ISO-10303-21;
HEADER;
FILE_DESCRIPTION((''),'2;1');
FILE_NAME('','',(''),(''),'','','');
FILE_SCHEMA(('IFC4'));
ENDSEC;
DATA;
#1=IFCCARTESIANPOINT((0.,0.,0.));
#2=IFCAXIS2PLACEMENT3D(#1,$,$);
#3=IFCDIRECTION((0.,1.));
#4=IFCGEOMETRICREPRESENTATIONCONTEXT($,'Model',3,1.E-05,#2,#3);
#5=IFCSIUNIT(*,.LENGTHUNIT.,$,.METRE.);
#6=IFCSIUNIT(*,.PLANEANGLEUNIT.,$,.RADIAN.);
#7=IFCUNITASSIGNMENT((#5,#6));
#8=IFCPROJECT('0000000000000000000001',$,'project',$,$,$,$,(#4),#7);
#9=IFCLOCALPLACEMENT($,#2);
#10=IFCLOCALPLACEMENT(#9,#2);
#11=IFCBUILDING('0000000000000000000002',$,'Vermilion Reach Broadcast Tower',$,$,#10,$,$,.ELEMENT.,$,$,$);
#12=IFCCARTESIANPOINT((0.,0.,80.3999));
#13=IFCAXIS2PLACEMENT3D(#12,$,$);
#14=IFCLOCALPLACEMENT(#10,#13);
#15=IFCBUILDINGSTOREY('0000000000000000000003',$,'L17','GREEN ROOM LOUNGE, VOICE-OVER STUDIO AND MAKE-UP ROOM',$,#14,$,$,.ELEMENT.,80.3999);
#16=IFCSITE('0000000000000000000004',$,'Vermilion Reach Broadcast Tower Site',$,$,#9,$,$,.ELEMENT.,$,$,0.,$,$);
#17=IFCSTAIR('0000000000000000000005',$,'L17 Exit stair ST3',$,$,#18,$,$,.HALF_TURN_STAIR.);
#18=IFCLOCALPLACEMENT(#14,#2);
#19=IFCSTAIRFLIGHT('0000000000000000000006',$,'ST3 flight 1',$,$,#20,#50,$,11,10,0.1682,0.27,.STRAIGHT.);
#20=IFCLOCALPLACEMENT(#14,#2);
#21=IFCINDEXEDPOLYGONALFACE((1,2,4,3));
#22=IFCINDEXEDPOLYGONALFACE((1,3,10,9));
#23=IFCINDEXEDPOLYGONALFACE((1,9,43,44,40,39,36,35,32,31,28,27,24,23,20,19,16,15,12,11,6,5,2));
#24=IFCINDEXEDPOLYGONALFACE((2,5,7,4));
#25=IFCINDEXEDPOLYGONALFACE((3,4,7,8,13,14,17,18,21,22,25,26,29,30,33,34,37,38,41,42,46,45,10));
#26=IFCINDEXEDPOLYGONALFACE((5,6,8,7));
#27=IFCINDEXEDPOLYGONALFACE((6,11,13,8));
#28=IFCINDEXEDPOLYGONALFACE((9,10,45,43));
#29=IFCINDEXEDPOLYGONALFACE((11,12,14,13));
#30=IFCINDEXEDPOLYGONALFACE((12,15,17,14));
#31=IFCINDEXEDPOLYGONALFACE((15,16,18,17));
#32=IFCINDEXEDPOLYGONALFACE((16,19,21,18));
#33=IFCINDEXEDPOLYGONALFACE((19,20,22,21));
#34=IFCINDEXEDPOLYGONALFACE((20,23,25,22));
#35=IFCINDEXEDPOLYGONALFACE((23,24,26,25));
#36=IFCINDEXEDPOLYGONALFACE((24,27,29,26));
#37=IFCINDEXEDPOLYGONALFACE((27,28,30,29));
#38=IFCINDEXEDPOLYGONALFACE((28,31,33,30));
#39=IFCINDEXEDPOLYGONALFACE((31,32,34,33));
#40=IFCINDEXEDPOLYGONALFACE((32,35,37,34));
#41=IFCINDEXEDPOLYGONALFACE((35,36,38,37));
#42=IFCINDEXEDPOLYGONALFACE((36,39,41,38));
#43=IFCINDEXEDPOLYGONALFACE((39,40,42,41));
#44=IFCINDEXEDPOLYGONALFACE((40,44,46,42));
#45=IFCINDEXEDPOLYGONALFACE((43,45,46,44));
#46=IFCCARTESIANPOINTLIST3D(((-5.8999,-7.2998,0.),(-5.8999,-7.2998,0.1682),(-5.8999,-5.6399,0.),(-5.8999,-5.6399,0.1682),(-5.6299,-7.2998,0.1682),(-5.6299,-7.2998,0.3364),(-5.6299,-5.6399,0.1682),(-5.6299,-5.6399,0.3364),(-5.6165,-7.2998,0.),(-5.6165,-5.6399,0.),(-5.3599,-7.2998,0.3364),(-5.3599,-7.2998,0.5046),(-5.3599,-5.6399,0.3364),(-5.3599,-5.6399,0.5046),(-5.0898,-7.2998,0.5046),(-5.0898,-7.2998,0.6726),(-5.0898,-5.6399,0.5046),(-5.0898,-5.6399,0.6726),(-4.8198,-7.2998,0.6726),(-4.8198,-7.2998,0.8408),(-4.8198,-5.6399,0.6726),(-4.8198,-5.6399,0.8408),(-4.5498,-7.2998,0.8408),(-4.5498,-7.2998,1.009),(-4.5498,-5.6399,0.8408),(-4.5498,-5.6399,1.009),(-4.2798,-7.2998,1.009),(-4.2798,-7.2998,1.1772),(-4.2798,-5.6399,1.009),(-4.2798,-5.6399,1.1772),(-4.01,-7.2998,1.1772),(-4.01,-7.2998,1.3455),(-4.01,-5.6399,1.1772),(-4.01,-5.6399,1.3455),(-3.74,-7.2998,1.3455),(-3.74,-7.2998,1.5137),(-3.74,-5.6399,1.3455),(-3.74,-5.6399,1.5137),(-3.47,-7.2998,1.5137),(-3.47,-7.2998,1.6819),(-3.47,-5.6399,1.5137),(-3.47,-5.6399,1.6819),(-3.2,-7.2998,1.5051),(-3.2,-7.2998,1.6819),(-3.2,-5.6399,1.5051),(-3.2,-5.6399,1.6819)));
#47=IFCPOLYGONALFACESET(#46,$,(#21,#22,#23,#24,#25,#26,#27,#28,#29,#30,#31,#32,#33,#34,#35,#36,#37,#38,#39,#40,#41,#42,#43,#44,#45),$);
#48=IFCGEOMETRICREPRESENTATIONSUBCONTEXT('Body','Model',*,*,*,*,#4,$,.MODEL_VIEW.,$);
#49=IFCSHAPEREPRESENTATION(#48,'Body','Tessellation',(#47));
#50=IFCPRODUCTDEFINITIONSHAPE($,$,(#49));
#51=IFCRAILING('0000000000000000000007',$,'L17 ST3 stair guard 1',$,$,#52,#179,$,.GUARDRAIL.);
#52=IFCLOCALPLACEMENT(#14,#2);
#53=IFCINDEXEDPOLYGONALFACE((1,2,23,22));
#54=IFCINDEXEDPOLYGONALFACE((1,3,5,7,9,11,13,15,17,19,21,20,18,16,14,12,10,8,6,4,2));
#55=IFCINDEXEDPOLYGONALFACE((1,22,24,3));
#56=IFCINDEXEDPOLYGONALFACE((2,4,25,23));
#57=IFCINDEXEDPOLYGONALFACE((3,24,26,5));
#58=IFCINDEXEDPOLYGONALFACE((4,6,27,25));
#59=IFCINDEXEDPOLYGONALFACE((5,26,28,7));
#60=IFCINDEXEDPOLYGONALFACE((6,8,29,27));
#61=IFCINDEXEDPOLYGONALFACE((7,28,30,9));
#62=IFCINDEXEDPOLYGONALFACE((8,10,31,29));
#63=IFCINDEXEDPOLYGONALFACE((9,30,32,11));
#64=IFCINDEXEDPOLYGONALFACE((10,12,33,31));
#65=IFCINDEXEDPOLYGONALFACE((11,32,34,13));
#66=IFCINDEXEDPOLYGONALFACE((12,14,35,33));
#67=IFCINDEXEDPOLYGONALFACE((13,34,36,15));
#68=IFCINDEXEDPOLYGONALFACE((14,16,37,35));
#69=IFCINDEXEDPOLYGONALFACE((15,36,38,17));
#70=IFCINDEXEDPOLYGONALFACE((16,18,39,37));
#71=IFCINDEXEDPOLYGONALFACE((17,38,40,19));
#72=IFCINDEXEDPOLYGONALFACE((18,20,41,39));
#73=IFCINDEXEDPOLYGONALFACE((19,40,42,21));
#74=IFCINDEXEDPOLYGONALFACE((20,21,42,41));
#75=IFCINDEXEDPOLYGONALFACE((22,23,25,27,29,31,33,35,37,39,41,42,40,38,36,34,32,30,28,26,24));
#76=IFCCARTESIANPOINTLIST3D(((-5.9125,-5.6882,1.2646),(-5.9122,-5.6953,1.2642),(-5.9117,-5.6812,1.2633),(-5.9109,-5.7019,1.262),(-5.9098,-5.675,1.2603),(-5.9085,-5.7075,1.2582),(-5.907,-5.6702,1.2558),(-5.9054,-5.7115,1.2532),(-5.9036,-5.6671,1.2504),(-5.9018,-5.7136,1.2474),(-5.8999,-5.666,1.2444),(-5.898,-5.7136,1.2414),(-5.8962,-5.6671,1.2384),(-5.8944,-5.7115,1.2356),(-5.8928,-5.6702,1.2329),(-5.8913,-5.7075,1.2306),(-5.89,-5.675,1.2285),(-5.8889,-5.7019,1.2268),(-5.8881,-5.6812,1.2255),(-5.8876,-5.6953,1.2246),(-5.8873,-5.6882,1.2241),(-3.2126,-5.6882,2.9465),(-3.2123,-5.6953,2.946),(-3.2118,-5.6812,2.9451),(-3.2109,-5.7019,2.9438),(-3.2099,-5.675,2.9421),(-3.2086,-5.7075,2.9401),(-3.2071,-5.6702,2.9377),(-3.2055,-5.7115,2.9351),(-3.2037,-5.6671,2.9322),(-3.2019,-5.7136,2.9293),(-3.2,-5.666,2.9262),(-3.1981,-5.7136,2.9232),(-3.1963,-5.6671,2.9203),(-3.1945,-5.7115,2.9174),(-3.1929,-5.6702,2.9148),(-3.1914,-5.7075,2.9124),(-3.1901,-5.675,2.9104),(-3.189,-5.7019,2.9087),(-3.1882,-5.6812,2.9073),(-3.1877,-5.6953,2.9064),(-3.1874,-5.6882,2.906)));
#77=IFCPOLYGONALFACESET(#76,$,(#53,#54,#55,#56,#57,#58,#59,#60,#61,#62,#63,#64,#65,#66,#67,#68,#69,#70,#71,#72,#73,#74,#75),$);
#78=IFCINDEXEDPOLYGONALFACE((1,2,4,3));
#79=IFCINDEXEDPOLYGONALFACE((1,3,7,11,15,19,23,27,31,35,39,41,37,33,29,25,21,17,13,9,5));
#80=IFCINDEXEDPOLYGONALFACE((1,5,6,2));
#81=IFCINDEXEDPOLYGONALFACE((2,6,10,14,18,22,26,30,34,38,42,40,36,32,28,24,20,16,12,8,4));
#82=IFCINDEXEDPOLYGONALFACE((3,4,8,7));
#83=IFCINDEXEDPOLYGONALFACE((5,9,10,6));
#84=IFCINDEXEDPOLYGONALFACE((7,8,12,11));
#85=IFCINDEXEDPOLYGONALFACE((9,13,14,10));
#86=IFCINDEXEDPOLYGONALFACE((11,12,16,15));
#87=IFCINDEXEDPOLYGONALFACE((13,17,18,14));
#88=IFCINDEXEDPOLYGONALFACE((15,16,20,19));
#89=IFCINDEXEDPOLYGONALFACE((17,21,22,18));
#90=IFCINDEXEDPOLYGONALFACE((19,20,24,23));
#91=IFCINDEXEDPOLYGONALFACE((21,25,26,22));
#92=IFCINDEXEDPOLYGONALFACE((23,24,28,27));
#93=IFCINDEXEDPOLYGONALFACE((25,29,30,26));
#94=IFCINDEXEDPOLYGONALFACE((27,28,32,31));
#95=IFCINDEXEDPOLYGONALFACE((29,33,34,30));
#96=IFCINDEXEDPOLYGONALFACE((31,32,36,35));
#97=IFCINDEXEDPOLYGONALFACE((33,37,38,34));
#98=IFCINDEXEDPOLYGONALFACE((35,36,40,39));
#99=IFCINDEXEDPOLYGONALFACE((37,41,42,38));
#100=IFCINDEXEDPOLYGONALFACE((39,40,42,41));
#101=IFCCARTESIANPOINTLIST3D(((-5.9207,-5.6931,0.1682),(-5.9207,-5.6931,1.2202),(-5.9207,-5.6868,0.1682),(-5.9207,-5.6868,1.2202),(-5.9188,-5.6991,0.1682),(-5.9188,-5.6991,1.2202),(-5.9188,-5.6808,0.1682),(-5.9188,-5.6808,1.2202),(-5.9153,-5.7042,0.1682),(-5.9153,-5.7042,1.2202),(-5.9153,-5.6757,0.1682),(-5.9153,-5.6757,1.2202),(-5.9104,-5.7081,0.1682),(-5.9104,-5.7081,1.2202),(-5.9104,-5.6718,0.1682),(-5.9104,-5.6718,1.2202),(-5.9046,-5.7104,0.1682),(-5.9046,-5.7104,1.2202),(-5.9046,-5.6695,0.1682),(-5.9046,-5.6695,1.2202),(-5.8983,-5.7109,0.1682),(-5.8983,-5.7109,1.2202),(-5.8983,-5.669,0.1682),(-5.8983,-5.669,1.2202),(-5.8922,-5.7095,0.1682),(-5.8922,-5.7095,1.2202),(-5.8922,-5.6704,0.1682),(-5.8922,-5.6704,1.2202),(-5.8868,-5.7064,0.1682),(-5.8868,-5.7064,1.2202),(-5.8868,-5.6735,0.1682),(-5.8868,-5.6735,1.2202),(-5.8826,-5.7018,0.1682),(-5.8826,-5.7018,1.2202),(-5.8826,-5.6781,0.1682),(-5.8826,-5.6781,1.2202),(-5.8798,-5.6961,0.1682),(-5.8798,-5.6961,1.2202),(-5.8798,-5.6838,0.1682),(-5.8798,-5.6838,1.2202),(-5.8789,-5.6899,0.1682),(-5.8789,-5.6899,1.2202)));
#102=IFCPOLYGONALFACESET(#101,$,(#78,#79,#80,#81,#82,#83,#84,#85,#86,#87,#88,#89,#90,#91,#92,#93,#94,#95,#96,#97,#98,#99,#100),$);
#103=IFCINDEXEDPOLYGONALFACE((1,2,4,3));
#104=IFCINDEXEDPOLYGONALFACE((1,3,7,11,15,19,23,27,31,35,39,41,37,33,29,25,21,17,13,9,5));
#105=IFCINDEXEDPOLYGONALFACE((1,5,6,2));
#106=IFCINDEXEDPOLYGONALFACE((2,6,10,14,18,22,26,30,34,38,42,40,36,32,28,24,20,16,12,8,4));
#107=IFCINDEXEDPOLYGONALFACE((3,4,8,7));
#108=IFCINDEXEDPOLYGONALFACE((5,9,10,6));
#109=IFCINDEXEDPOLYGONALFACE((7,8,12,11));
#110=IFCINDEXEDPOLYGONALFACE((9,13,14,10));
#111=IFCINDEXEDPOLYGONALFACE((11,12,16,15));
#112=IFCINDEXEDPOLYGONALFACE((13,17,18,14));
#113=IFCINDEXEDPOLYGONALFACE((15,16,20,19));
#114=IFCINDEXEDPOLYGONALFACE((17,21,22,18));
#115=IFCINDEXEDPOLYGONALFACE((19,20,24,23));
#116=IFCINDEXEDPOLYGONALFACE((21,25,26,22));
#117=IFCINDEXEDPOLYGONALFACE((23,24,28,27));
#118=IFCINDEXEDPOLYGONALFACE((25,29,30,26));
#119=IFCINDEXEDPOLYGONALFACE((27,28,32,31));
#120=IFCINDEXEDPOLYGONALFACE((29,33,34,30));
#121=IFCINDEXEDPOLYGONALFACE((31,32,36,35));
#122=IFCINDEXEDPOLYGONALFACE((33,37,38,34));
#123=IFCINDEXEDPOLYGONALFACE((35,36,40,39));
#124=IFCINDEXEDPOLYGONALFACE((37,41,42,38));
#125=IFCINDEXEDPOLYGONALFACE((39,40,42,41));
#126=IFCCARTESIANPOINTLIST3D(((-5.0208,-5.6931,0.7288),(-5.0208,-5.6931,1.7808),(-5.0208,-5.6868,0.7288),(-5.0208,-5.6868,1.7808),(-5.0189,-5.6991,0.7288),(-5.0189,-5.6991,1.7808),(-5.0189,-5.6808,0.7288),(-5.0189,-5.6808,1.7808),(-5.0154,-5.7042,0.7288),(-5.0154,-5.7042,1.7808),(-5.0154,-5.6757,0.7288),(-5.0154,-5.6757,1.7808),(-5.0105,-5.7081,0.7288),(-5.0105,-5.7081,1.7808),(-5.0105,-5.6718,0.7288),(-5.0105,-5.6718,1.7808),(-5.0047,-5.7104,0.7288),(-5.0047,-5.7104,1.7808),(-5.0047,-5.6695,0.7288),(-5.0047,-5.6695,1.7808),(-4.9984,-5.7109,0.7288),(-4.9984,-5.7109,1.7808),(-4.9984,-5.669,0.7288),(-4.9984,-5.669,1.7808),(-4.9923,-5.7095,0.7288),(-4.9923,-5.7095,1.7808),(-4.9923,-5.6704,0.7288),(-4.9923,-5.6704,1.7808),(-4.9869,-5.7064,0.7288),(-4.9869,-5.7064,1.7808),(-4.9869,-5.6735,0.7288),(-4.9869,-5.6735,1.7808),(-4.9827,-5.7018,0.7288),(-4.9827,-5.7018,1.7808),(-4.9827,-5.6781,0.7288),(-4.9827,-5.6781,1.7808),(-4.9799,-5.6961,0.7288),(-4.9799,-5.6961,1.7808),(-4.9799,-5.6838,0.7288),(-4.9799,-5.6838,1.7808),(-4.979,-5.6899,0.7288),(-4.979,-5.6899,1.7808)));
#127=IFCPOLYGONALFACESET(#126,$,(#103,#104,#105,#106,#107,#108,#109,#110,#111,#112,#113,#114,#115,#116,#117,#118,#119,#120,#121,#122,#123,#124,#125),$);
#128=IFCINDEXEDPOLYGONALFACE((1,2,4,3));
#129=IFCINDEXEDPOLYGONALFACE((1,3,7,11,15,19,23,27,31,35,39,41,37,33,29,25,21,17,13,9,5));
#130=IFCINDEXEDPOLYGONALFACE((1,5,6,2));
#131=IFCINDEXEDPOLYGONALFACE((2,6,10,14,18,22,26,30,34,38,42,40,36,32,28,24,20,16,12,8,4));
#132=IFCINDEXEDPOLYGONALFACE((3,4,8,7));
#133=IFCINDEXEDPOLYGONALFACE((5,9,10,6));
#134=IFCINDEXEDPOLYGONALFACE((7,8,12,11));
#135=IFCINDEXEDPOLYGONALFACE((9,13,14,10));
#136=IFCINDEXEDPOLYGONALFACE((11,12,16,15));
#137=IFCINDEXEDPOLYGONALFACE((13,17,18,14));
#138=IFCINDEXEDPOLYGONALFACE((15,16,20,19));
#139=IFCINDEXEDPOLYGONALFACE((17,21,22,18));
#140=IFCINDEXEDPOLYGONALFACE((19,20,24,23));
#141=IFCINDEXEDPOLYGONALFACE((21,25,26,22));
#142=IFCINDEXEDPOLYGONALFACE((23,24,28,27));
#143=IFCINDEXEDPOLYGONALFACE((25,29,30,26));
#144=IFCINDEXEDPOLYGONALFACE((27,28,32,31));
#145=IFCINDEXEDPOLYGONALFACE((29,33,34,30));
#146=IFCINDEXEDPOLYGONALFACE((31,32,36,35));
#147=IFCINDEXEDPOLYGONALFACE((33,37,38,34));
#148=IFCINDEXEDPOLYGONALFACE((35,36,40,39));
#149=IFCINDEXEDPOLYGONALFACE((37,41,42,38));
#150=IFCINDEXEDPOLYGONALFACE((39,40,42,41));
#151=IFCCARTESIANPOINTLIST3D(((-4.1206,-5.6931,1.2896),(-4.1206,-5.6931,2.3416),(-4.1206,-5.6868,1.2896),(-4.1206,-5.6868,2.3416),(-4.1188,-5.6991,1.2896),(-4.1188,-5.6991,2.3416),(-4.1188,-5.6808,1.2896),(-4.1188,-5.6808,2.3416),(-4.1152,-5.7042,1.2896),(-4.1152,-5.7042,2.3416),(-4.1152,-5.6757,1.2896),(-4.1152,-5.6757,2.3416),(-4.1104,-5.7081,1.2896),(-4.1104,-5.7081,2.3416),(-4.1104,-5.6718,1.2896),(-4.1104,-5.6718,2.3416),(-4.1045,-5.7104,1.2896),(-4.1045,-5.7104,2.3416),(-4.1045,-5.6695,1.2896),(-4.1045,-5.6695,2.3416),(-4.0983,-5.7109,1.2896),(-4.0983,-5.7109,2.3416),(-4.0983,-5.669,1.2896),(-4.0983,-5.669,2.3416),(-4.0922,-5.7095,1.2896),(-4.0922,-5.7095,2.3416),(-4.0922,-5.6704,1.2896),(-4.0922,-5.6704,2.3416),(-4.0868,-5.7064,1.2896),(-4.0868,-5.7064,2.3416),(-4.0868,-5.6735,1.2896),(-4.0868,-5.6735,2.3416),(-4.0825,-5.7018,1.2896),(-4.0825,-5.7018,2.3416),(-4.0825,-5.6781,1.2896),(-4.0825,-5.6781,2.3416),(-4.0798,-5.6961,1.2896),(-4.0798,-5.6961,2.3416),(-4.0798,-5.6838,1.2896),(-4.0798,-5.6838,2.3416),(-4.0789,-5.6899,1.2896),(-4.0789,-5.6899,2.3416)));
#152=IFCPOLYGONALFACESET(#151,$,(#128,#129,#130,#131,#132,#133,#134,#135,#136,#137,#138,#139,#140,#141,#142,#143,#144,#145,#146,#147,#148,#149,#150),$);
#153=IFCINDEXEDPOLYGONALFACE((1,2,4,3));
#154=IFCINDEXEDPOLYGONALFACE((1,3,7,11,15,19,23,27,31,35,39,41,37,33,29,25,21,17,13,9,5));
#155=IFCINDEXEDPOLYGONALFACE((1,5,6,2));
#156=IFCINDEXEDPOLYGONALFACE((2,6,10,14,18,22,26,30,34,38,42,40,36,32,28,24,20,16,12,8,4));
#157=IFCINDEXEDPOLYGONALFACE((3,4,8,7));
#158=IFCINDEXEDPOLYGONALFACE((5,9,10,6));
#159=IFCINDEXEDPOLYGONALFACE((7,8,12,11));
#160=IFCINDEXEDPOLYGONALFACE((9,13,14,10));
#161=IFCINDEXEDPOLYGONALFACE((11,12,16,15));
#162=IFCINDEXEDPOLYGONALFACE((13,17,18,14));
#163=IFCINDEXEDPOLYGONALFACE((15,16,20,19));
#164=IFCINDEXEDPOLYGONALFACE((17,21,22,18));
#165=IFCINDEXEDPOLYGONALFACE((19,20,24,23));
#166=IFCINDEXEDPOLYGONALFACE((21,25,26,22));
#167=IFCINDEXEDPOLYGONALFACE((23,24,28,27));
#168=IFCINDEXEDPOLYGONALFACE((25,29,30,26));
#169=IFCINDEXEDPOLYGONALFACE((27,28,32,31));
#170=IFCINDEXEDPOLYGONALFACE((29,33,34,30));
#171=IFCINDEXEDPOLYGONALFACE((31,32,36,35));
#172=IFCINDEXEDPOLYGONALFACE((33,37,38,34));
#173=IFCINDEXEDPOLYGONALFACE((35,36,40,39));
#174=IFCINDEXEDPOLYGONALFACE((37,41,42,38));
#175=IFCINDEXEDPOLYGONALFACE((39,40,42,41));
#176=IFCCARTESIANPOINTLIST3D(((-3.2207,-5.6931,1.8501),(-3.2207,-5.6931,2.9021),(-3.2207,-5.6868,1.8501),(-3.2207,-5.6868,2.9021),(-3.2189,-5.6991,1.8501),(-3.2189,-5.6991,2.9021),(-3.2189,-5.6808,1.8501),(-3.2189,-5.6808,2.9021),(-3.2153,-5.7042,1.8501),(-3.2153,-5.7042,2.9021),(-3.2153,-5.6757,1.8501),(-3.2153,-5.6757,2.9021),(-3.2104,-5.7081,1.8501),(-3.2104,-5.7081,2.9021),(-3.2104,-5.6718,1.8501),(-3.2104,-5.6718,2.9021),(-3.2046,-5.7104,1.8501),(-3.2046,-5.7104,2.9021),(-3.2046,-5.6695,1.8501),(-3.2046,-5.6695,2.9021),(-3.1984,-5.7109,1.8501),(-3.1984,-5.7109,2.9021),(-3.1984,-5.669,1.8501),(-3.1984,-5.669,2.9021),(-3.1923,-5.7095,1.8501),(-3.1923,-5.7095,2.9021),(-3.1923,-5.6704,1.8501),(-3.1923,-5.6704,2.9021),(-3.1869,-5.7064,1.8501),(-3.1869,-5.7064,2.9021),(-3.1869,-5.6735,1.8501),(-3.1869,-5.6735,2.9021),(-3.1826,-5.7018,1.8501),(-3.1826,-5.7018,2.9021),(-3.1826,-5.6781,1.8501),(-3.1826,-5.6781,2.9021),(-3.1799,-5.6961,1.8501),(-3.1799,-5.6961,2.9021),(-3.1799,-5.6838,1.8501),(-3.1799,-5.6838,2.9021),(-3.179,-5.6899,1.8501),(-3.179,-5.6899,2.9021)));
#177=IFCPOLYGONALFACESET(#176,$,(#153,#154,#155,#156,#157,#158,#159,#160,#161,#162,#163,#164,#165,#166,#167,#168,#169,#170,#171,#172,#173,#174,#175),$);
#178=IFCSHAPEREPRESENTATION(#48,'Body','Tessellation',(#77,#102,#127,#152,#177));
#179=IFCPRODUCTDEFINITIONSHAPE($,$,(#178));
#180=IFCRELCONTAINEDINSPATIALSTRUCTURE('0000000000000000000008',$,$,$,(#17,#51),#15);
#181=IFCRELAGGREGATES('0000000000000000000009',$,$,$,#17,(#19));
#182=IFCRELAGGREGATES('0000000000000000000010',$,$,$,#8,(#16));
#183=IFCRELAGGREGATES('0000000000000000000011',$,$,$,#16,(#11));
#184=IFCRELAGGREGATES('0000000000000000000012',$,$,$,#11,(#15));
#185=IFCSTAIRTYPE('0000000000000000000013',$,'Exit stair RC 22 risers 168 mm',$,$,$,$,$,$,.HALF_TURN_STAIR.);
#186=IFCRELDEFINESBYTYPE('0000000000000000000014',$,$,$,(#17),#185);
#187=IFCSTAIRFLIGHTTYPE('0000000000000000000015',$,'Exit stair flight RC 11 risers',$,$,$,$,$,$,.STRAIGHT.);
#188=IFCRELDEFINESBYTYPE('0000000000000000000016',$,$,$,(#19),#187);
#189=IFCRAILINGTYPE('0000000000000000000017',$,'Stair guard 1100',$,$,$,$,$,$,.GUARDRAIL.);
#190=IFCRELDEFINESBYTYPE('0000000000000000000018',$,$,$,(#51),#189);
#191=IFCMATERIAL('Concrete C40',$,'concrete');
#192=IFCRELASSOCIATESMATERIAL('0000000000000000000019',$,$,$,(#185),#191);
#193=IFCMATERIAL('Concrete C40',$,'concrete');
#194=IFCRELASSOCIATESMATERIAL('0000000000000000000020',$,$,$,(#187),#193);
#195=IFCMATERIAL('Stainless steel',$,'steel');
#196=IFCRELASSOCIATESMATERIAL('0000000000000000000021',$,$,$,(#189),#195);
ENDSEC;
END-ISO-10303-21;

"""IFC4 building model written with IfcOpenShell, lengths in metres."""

from ifc_helpers import new_model, si_unit, direction, frame, origin, origin_2d, place, context, subcontext, project, spatial, polyline, circle, outline, extrude, material, type_object, element, aggregate, save


model = new_model("IFC4")

# Units and contexts
model_context = context("Model", 3, precision=1e-05, world=origin(), true_north=direction((0.0, 1.0)))
body_context = subcontext(model_context, "Body", "Model", "MODEL_VIEW")
ifc_project = project(units=[si_unit("LENGTHUNIT", "METRE"), si_unit("PLANEANGLEUNIT", "RADIAN")], contexts=[model_context])

# Site, building, storey
site_placement = place(None, origin())
site = spatial("IfcSite", under=ifc_project, at=site_placement, Name="Vermilion Reach Broadcast Tower Site", CompositionType="ELEMENT", RefElevation=0.0)
building_placement = place(site_placement, origin())
building = spatial("IfcBuilding", under=site, at=building_placement, Name="Vermilion Reach Broadcast Tower", CompositionType="ELEMENT")
storey_placement = place(building_placement, frame((0.0, 0.0, 80.3999)))
storey = spatial("IfcBuildingStorey", under=building, at=storey_placement, Name="L17", Description="GREEN ROOM LOUNGE, VOICE-OVER STUDIO AND MAKE-UP ROOM", CompositionType="ELEMENT", Elevation=80.3999)

# Stair, stair flight
ifc_material_1 = material(Name="Concrete C40", Category="concrete")
stair_type = type_object("IfcStairType", Name="Exit stair RC 22 risers 168 mm", PredefinedType="HALF_TURN_STAIR", material=ifc_material_1)
stair_placement = place(storey_placement, origin())
stair = element("IfcStair", 1, at=stair_placement, inside=storey, type_object=stair_type, Name="L17 Exit stair ST3", PredefinedType="HALF_TURN_STAIR")
ifc_material_2 = material(Name="Concrete C40", Category="concrete")
stair_flight_type = type_object("IfcStairFlightType", Name="Exit stair flight RC 11 risers", PredefinedType="STRAIGHT", material=ifc_material_2)
stair_flight_placement = place(storey_placement, frame((-5.8999, -6.47, 0.0), z_axis=(0.0, 0.0, 1.0), x_axis=(1.0, 0.0, 0.0)))
stair_flight = element("IfcStairFlight", 2, at=stair_flight_placement, type_object=stair_flight_type, Name="ST3 flight 1", NumberOfRisers=11, NumberOfTreads=10, PredefinedType="STRAIGHT", RiserHeight=0.1682, TreadLength=0.27, context=body_context, shape_type="SweptSolid", body=[
    extrude(outline(polyline([(0.0, 0.0), (0.0, 0.1682), (0.27, 0.1682), (0.27, 0.3364), (0.54, 0.3364), (0.54, 0.5046), (0.8101, 0.5046), (0.8101, 0.6726), (1.0801, 0.6726), (1.0801, 0.8408), (1.3501, 0.8408), (1.3501, 1.009), (1.6201, 1.009), (1.6201, 1.1772), (1.8899, 1.1772), (1.8899, 1.3455), (2.1599, 1.3455), (2.1599, 1.5137), (2.4299, 1.5137), (2.4299, 1.6819), (2.7, 1.6819), (2.7, 1.8501), (2.7, 1.5051), (0.2834, 0.0), (0.0, 0.0)])), frame((0.0, 0.8301, 0.0), z_axis=(0.0, -1.0, 0.0), x_axis=(1.0, 0.0, 0.0)), (0.0, 0.0, 1.0), 1.6599),
])
aggregate(stair, [stair_flight])

# Railing
ifc_material_3 = material(Name="Stainless steel", Category="steel")
railing_type_1 = type_object("IfcRailingType", Name="Stair guard 1100", PredefinedType="GUARDRAIL", material=ifc_material_3)
railing_1_placement = place(storey_placement, frame((-5.8999, -5.6899, 0.1682)))
element("IfcRailing", 3, at=railing_1_placement, inside=storey, type_object=railing_type_1, Name="L17 ST3 stair guard 1", PredefinedType="GUARDRAIL", context=body_context, shape_type="SweptSolid", body=[
    extrude(circle(Radius=0.0239, at=origin_2d()), frame((0.0, 0.0, 1.0762), z_axis=(0.848786, 0.0, 0.528736), x_axis=(0.0, 1.0, 0.0)), (0.0, 0.0, 1.0), 3.1809),
    extrude(circle(Radius=0.021, at=origin_2d()), origin(), (0.0, 0.0, 1.0), 1.052),
    extrude(circle(Radius=0.021, at=origin_2d()), frame((0.8999, 0.0, 0.5605)), (0.0, 0.0, 1.0), 1.052),
    extrude(circle(Radius=0.021, at=origin_2d()), frame((1.8, 0.0, 1.1213)), (0.0, 0.0, 1.0), 1.052),
    extrude(circle(Radius=0.021, at=origin_2d()), frame((2.7, 0.0, 1.6819)), (0.0, 0.0, 1.0), 1.052),
])

save(model, "model.ifc")
